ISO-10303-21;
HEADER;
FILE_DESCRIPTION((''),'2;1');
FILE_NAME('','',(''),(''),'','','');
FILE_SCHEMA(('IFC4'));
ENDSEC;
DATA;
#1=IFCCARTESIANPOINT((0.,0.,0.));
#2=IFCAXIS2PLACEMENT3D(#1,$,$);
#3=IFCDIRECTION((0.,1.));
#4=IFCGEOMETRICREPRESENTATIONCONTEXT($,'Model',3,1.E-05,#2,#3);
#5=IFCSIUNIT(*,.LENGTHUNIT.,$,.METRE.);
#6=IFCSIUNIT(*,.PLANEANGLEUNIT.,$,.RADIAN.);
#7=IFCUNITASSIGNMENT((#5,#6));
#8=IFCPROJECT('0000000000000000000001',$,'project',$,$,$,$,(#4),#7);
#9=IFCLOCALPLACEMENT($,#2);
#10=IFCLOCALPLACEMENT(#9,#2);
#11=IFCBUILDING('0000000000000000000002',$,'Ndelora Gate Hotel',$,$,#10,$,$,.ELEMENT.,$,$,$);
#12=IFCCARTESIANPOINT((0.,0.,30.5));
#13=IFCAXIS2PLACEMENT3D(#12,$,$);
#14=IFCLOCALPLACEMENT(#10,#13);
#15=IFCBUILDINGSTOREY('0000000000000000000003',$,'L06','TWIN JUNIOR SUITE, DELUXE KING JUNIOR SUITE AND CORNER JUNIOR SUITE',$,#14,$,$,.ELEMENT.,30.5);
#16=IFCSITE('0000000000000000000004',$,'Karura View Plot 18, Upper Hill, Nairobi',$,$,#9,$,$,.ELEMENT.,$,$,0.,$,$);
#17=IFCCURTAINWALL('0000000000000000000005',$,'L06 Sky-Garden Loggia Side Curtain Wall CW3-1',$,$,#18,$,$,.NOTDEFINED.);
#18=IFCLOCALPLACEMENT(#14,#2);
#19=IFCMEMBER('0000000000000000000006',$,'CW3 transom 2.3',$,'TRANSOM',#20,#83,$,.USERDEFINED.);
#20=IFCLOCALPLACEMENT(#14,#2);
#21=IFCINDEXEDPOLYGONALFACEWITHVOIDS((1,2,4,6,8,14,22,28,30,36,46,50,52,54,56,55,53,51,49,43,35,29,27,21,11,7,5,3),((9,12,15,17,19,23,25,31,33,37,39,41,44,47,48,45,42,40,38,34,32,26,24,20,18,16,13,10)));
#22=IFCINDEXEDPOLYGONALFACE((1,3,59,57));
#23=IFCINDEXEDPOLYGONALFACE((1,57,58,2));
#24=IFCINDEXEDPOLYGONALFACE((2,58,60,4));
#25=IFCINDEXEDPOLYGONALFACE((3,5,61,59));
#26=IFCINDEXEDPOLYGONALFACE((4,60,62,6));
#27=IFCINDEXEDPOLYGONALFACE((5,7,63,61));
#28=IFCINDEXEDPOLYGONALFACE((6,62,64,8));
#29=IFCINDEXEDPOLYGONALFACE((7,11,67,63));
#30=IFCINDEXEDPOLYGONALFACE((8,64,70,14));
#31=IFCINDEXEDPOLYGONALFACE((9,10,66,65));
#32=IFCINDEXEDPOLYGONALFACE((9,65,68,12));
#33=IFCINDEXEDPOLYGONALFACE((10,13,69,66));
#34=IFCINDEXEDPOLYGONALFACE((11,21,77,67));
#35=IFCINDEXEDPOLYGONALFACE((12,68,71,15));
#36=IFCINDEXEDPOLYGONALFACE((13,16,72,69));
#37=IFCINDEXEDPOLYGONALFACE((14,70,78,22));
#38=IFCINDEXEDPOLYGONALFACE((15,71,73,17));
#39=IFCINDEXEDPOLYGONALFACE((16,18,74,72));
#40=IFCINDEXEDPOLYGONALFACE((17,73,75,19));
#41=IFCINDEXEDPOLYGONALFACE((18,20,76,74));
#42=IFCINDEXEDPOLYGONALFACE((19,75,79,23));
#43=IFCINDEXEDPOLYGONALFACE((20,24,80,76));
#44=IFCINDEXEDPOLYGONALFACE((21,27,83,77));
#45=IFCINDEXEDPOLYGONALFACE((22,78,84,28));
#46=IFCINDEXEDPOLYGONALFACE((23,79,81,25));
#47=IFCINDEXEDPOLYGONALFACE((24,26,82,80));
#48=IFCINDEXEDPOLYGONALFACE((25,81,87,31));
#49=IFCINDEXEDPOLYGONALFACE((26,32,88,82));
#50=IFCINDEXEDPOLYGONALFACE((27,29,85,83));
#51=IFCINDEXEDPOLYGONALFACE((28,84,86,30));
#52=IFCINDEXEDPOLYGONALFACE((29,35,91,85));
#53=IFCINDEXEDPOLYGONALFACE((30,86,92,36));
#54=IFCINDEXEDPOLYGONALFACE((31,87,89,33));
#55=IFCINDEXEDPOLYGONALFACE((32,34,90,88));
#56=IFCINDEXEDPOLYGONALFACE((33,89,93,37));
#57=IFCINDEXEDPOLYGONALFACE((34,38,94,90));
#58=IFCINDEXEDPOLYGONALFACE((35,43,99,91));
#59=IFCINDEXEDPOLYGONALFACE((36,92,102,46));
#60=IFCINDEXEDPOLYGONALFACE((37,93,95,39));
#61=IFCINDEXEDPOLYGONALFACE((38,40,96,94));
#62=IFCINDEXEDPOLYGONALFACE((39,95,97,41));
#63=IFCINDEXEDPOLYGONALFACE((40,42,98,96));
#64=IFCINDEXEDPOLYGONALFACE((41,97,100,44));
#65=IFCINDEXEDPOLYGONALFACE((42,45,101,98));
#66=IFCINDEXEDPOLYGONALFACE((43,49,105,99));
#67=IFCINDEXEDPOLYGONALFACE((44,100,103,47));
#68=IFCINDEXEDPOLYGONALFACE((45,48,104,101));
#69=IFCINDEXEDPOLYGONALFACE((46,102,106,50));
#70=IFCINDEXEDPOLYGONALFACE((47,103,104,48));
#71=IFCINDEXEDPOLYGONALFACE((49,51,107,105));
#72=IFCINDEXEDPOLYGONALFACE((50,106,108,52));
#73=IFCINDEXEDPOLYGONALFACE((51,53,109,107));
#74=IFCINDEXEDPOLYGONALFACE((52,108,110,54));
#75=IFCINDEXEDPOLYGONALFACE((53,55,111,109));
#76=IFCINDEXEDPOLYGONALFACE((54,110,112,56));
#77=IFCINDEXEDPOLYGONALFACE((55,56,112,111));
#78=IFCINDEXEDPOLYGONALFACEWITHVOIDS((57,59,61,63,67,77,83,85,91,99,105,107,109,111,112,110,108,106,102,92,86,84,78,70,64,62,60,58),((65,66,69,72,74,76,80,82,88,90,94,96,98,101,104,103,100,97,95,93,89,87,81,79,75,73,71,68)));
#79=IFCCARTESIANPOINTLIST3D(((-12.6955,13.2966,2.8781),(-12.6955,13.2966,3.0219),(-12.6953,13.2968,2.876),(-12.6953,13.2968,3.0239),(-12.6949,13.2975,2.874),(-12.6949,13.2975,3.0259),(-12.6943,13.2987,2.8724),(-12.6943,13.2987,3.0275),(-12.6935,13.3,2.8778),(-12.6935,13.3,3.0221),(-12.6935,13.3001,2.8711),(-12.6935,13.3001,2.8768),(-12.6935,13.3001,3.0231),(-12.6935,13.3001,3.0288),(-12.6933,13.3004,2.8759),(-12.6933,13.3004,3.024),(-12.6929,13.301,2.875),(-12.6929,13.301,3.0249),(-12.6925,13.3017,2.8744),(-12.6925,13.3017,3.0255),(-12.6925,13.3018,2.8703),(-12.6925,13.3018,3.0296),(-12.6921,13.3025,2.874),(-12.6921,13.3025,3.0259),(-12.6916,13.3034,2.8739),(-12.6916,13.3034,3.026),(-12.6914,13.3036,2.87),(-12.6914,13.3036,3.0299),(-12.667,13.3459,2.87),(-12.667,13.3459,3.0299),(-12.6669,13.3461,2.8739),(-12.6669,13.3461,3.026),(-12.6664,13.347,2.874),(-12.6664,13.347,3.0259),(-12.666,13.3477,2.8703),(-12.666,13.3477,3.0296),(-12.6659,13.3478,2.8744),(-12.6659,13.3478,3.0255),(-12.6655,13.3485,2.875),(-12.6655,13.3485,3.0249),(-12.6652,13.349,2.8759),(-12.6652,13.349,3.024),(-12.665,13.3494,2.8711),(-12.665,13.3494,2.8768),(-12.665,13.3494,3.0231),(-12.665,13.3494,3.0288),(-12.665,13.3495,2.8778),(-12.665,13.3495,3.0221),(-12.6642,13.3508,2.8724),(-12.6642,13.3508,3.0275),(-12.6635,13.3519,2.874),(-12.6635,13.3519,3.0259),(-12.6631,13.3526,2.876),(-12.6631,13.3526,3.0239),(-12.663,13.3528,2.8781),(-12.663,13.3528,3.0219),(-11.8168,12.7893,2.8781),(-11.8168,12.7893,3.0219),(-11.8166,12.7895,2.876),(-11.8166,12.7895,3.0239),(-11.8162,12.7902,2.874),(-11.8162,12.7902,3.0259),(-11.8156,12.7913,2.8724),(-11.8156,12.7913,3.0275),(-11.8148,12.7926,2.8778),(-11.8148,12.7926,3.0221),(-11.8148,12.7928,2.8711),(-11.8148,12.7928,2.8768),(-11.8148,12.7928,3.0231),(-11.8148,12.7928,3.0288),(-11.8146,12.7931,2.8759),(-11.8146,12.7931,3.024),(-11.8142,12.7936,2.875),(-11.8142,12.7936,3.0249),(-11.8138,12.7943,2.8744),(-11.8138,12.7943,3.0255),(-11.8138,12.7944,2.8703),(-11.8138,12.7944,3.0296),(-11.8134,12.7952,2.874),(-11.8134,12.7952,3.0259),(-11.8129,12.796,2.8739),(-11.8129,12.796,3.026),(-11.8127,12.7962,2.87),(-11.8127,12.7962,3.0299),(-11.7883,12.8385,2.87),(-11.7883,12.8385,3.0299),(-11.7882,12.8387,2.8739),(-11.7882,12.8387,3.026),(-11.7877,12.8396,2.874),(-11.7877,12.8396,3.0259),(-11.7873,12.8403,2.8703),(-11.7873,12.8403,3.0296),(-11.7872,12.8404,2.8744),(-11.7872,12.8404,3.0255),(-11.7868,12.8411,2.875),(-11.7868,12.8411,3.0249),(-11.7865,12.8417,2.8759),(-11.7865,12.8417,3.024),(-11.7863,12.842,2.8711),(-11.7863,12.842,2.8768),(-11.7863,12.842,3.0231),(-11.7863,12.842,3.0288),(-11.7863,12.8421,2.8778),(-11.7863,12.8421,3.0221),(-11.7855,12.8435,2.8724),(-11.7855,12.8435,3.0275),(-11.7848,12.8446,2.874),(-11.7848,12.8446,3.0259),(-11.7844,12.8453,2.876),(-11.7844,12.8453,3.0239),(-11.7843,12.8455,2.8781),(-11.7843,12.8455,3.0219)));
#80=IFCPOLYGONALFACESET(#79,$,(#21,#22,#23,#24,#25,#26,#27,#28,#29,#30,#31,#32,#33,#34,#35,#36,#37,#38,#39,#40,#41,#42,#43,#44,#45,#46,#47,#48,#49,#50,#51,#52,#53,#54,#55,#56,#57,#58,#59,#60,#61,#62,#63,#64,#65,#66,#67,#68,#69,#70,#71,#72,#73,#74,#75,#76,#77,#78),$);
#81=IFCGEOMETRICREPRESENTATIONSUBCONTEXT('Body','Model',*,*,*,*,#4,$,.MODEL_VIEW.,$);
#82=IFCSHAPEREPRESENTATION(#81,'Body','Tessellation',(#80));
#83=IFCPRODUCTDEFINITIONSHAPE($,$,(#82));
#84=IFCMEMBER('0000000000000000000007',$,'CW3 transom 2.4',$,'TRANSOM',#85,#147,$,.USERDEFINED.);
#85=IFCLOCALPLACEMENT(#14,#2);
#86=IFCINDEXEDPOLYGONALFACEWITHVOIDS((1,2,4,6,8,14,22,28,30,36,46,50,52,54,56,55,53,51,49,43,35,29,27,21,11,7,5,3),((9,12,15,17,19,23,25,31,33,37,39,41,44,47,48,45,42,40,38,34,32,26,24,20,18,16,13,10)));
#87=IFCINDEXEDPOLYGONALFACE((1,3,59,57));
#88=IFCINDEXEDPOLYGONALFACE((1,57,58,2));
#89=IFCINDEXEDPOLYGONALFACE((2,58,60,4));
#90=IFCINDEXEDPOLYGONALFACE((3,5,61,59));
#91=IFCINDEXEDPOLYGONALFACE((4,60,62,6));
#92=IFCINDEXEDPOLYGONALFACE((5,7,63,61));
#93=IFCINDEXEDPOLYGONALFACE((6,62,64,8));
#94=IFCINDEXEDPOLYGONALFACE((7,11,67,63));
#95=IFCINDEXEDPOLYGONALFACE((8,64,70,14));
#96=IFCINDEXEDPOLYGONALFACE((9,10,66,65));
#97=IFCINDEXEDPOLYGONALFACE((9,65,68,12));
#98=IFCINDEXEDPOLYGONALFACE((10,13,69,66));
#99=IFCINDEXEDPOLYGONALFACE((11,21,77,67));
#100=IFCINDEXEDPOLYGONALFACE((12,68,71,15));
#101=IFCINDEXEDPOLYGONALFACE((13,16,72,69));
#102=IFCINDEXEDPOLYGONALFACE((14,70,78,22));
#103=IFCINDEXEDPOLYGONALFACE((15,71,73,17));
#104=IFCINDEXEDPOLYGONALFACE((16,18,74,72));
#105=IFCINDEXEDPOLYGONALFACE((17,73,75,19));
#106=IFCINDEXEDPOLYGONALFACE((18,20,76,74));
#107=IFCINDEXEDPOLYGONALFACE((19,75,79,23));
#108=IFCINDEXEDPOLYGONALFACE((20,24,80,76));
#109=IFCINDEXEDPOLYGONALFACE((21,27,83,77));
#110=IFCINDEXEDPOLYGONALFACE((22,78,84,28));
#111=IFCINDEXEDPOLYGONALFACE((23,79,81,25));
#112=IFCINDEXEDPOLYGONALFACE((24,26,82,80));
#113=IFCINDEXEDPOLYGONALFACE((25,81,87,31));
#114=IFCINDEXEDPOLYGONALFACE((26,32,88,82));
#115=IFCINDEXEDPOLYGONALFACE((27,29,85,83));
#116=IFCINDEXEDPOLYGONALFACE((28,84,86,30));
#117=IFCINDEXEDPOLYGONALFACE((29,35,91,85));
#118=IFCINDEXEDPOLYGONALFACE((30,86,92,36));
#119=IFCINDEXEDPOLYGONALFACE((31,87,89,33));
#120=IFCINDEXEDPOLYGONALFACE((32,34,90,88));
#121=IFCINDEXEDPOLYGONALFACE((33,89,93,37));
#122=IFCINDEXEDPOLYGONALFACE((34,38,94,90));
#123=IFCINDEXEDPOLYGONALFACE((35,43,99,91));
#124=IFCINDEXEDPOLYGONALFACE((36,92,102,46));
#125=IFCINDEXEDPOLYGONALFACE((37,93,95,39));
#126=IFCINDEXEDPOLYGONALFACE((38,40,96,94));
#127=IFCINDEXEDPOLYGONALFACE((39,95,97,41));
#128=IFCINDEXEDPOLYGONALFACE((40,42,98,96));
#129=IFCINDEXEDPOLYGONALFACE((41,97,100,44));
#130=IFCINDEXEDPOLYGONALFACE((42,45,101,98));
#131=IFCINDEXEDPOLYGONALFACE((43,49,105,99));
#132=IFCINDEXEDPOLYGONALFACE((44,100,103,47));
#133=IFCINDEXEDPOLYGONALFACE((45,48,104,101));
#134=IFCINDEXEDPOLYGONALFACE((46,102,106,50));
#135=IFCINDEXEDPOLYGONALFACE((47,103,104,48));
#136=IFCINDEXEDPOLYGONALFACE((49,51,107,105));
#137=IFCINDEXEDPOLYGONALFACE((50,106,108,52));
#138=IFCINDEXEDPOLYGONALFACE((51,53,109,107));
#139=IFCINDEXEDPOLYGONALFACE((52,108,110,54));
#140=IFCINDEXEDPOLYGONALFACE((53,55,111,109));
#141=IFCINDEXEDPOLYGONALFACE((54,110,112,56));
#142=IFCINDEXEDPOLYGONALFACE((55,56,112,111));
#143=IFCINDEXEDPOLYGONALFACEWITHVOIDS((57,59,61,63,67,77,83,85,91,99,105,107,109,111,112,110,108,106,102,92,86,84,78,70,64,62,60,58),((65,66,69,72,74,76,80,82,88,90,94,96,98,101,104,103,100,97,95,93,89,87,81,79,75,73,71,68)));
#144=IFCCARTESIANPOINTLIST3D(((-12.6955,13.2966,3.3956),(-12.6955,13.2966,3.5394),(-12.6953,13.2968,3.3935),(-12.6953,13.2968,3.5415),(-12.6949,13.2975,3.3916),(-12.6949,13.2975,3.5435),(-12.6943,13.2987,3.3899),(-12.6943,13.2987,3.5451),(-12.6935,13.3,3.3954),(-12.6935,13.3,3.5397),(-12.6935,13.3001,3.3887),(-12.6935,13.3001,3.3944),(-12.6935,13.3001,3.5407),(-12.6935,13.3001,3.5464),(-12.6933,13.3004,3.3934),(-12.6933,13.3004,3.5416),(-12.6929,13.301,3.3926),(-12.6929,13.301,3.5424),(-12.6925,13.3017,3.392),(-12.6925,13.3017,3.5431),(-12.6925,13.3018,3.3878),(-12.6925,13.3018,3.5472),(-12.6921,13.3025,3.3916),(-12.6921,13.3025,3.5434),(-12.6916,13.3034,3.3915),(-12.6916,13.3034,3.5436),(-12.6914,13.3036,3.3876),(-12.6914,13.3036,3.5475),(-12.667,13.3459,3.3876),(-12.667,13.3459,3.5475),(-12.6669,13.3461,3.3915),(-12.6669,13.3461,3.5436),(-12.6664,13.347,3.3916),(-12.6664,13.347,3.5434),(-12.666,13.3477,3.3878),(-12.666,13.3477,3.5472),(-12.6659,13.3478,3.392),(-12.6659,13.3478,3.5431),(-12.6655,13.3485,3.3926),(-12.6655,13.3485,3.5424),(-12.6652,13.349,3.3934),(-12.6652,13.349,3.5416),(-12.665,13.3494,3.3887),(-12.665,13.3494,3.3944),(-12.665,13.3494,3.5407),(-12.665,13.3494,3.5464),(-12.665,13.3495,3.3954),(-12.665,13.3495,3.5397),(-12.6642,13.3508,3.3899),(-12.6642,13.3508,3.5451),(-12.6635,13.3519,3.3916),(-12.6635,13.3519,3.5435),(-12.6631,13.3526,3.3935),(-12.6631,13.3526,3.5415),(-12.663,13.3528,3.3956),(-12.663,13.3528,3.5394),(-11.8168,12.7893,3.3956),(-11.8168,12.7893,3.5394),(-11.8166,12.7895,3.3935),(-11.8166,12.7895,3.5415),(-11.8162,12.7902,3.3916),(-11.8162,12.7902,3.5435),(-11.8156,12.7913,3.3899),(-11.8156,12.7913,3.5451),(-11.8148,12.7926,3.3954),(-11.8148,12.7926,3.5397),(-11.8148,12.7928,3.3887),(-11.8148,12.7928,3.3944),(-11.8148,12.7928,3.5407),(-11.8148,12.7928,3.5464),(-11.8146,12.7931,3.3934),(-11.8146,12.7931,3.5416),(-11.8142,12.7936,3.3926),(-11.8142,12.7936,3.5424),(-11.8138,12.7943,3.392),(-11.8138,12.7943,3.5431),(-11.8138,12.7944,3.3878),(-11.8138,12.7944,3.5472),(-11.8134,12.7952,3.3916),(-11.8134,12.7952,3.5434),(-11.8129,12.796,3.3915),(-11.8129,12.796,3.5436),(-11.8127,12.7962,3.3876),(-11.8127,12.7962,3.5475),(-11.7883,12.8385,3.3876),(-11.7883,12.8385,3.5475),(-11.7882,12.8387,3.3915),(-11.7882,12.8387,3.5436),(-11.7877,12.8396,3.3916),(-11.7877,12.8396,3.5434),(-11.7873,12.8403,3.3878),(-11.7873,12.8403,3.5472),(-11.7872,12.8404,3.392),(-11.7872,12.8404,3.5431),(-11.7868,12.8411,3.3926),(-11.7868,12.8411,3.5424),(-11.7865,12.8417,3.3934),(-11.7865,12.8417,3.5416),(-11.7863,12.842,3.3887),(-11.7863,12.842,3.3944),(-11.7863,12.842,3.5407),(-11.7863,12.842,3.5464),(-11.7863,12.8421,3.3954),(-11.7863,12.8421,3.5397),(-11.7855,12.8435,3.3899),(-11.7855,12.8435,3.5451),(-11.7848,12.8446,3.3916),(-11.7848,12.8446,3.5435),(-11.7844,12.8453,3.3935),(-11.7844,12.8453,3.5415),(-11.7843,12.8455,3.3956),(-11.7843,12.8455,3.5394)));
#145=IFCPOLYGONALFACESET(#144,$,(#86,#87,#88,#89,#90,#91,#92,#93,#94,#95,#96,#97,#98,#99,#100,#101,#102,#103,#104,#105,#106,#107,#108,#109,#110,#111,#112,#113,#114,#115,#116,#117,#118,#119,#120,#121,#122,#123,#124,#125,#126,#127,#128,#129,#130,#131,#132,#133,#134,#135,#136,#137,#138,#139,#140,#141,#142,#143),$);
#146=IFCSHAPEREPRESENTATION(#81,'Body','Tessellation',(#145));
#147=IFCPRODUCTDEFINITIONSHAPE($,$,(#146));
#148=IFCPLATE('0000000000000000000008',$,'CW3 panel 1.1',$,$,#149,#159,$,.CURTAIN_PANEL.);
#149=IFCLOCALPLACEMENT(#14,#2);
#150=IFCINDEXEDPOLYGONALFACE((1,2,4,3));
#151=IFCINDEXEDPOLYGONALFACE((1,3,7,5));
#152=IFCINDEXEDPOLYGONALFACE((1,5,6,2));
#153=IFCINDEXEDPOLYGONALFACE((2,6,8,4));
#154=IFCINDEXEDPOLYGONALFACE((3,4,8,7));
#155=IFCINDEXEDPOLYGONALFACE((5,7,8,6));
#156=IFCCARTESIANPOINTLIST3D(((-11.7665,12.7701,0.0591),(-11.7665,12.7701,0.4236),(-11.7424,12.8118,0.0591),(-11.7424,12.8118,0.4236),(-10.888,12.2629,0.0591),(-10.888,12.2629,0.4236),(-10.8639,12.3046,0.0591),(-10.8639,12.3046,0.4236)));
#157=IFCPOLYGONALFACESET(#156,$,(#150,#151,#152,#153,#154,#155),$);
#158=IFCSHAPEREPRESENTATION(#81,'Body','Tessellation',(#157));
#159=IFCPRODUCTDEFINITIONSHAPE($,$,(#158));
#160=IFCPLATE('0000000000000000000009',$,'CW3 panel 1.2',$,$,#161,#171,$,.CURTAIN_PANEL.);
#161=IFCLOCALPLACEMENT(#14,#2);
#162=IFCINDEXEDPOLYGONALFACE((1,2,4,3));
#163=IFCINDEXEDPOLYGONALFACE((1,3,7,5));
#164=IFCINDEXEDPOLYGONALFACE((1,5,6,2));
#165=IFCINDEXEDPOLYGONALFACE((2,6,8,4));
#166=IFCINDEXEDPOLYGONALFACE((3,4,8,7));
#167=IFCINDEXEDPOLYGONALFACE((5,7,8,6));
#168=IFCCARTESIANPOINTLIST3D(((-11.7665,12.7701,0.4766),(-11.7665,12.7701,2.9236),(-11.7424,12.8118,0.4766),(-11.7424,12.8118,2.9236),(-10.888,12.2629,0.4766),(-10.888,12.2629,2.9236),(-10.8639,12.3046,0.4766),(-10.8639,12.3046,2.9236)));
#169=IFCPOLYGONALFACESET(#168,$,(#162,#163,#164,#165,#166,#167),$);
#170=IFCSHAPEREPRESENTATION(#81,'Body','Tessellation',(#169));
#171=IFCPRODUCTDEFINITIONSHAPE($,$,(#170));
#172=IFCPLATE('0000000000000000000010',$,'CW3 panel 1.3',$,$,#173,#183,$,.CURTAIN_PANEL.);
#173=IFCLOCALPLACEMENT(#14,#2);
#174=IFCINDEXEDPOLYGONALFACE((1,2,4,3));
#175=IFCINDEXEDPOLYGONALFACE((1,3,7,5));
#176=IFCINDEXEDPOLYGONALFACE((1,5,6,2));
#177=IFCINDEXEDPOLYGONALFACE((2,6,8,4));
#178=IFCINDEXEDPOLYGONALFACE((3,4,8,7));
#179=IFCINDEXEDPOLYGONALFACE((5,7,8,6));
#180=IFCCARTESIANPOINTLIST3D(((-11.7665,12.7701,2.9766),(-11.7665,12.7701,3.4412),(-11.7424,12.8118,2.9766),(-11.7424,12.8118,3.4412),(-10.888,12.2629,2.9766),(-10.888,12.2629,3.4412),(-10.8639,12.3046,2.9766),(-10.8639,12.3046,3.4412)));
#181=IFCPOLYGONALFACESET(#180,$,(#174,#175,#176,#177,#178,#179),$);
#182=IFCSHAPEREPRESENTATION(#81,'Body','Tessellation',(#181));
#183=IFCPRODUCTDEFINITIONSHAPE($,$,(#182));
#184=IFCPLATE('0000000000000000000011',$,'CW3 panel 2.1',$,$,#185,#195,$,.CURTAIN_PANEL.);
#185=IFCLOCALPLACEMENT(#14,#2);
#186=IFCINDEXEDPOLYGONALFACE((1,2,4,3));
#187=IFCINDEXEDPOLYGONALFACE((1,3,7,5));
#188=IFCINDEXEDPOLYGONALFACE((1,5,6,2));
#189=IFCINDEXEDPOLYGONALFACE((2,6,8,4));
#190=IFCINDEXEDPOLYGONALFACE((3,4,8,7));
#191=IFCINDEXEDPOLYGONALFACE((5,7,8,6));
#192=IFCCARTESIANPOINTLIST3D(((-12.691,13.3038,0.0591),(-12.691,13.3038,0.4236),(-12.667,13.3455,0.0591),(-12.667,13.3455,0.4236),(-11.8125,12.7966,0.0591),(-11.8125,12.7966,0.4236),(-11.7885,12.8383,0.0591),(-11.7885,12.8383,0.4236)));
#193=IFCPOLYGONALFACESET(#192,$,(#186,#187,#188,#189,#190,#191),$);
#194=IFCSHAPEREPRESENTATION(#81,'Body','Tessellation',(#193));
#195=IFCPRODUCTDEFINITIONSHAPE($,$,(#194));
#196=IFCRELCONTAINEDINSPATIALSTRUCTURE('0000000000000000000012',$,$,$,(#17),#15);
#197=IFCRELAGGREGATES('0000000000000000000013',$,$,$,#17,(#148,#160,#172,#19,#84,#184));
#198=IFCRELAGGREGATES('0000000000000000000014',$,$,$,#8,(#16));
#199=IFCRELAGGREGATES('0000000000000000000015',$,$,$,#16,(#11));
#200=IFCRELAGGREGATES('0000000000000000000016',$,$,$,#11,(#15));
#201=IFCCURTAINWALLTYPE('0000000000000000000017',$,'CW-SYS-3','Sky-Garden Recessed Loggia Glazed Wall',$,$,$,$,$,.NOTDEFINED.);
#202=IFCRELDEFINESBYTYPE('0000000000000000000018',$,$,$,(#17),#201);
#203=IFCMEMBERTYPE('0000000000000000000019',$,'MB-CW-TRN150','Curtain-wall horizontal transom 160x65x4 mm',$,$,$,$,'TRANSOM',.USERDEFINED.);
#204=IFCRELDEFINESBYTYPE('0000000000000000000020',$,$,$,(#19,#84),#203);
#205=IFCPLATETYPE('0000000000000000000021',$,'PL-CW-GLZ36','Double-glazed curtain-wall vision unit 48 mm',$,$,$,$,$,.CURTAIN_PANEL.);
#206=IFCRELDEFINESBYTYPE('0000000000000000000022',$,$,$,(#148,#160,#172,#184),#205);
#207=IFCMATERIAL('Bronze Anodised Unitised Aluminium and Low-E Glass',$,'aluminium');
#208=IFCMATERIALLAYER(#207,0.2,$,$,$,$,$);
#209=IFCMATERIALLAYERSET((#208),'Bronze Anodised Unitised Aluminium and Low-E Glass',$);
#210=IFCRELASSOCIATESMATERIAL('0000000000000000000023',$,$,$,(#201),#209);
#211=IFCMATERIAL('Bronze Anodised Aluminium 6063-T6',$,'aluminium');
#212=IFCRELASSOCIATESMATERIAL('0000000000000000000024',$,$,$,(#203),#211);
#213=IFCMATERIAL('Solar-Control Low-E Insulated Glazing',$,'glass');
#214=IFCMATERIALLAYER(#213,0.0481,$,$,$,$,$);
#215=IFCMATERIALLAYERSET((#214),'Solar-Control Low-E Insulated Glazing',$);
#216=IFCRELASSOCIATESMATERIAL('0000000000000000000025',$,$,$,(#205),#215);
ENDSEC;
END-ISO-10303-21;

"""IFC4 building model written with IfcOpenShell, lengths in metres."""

from ifc_helpers import new_model, si_unit, direction, frame, origin, origin_2d, place, context, subcontext, project, spatial, rectangle, hollow_rectangle, extrude, material, layer, layer_set, material_profile, profile_set, type_object, element, aggregate, save


model = new_model("IFC4")

# Units and contexts
model_context = context("Model", 3, precision=1e-05, world=origin(), true_north=direction((0.0, 1.0)))
body_context = subcontext(model_context, "Body", "Model", "MODEL_VIEW")
ifc_project = project(units=[si_unit("LENGTHUNIT", "METRE"), si_unit("PLANEANGLEUNIT", "RADIAN")], contexts=[model_context])

# Site, building, storey
site_placement = place(None, origin())
site = spatial("IfcSite", under=ifc_project, at=site_placement, Name="Karura View Plot 18, Upper Hill, Nairobi", CompositionType="ELEMENT", RefElevation=0.0)
building_placement = place(site_placement, origin())
building = spatial("IfcBuilding", under=site, at=building_placement, Name="Ndelora Gate Hotel", CompositionType="ELEMENT")
storey_placement = place(building_placement, frame((0.0, 0.0, 30.5)))
storey = spatial("IfcBuildingStorey", under=building, at=storey_placement, Name="L06", Description="TWIN JUNIOR SUITE, DELUXE KING JUNIOR SUITE AND CORNER JUNIOR SUITE", CompositionType="ELEMENT", Elevation=30.5)

# Curtain wall, members, plates
ifc_material_1 = material(Name="Bronze Anodised Unitised Aluminium and Low-E Glass", Category="aluminium")
ifc_layer_1 = layer(ifc_material_1, 0.2)
ifc_layer_set_1 = layer_set([ifc_layer_1], Name="Bronze Anodised Unitised Aluminium and Low-E Glass")
curtain_wall_type = type_object("IfcCurtainWallType", Name="CW-SYS-3", Description="Sky-Garden Recessed Loggia Glazed Wall", PredefinedType="NOTDEFINED", material=ifc_layer_set_1)
curtain_wall_placement = place(storey_placement, origin())
curtain_wall = element("IfcCurtainWall", 1, at=curtain_wall_placement, inside=storey, type_object=curtain_wall_type, Name="L06 Sky-Garden Loggia Side Curtain Wall CW3-1", PredefinedType="NOTDEFINED")
ifc_material_2 = material(Name="Bronze Anodised Aluminium 6063-T6", Category="aluminium")
ifc_material_profile_1 = material_profile(ifc_material_2, hollow_rectangle(XDim=0.0649, YDim=0.1599, WallThickness=0.0039, InnerFilletRadius=0.0039, OuterFilletRadius=0.0081, at=origin_2d()), Name="ALU 160x65x4")
ifc_profile_set_1 = profile_set([ifc_material_profile_1], Name="Bronze Anodised Aluminium 6063-T6")
member_type_1 = type_object("IfcMemberType", Name="MB-CW-TRN150", Description="Curtain-wall horizontal transom 160x65x4 mm", ElementType="TRANSOM", PredefinedType="USERDEFINED", material=ifc_profile_set_1)
member_1_placement = place(storey_placement, frame((-11.8005, 12.8174, 2.95), z_axis=(-0.866013, 0.500021, 0.0), x_axis=(-0.500021, -0.866013, 0.0)))
member_1 = element("IfcMember", 2, at=member_1_placement, type_object=member_type_1, Name="CW3 transom 2.3", ObjectType="TRANSOM", PredefinedType="USERDEFINED", context=body_context, shape_type="SweptSolid", body=[
    extrude(hollow_rectangle(XDim=0.0649, YDim=0.1599, WallThickness=0.0039, InnerFilletRadius=0.0039, OuterFilletRadius=0.0081, at=origin_2d()), origin(), (0.0, 0.0, 1.0), 1.0146),
])
member_2_placement = place(storey_placement, frame((-11.8005, 12.8174, 3.4675), z_axis=(-0.866013, 0.500021, 0.0), x_axis=(-0.500021, -0.866013, 0.0)))
member_2 = element("IfcMember", 3, at=member_2_placement, type_object=member_type_1, Name="CW3 transom 2.4", ObjectType="TRANSOM", PredefinedType="USERDEFINED", context=body_context, shape_type="SweptSolid", body=[
    extrude(hollow_rectangle(XDim=0.0649, YDim=0.1599, WallThickness=0.0039, InnerFilletRadius=0.0039, OuterFilletRadius=0.0081, at=origin_2d()), origin(), (0.0, 0.0, 1.0), 1.0146),
])
ifc_material_3 = material(Name="Solar-Control Low-E Insulated Glazing", Category="glass")
ifc_layer_2 = layer(ifc_material_3, 0.0481)
ifc_layer_set_2 = layer_set([ifc_layer_2], Name="Solar-Control Low-E Insulated Glazing")
plate_type = type_object("IfcPlateType", Name="PL-CW-GLZ36", Description="Double-glazed curtain-wall vision unit 48 mm", PredefinedType="CURTAIN_PANEL", material=ifc_layer_set_2)
plate_1_placement = place(storey_placement, frame((-11.3152, 12.5374, 0.0591), z_axis=(0.0, 0.0, 1.0), x_axis=(-0.86603, 0.499991, 0.0)))
plate_1 = element("IfcPlate", 4, at=plate_1_placement, type_object=plate_type, Name="CW3 panel 1.1", PredefinedType="CURTAIN_PANEL", context=body_context, shape_type="SweptSolid", body=[
    extrude(rectangle(XDim=1.0144, YDim=0.0481, at=origin_2d()), origin(), (0.0, 0.0, 1.0), 0.3645),
])
plate_2_placement = place(storey_placement, frame((-11.3152, 12.5374, 0.4766), z_axis=(0.0, 0.0, 1.0), x_axis=(-0.86603, 0.499991, 0.0)))
plate_2 = element("IfcPlate", 5, at=plate_2_placement, type_object=plate_type, Name="CW3 panel 1.2", PredefinedType="CURTAIN_PANEL", context=body_context, shape_type="SweptSolid", body=[
    extrude(rectangle(XDim=1.0144, YDim=0.0481, at=origin_2d()), origin(), (0.0, 0.0, 1.0), 2.447),
])
plate_3_placement = place(storey_placement, frame((-11.3152, 12.5374, 2.9766), z_axis=(0.0, 0.0, 1.0), x_axis=(-0.86603, 0.499991, 0.0)))
plate_3 = element("IfcPlate", 6, at=plate_3_placement, type_object=plate_type, Name="CW3 panel 1.3", PredefinedType="CURTAIN_PANEL", context=body_context, shape_type="SweptSolid", body=[
    extrude(rectangle(XDim=1.0144, YDim=0.0481, at=origin_2d()), origin(), (0.0, 0.0, 1.0), 0.4646),
])
plate_4_placement = place(storey_placement, frame((-12.2397, 13.071, 0.0591), z_axis=(0.0, 0.0, 1.0), x_axis=(-0.86603, 0.499991, 0.0)))
plate_4 = element("IfcPlate", 7, at=plate_4_placement, type_object=plate_type, Name="CW3 panel 2.1", PredefinedType="CURTAIN_PANEL", context=body_context, shape_type="SweptSolid", body=[
    extrude(rectangle(XDim=1.0144, YDim=0.0481, at=origin_2d()), origin(), (0.0, 0.0, 1.0), 0.3645),
])
aggregate(curtain_wall, [plate_1, plate_2, plate_3, member_1, member_2, plate_4])

save(model, "model.ifc")
